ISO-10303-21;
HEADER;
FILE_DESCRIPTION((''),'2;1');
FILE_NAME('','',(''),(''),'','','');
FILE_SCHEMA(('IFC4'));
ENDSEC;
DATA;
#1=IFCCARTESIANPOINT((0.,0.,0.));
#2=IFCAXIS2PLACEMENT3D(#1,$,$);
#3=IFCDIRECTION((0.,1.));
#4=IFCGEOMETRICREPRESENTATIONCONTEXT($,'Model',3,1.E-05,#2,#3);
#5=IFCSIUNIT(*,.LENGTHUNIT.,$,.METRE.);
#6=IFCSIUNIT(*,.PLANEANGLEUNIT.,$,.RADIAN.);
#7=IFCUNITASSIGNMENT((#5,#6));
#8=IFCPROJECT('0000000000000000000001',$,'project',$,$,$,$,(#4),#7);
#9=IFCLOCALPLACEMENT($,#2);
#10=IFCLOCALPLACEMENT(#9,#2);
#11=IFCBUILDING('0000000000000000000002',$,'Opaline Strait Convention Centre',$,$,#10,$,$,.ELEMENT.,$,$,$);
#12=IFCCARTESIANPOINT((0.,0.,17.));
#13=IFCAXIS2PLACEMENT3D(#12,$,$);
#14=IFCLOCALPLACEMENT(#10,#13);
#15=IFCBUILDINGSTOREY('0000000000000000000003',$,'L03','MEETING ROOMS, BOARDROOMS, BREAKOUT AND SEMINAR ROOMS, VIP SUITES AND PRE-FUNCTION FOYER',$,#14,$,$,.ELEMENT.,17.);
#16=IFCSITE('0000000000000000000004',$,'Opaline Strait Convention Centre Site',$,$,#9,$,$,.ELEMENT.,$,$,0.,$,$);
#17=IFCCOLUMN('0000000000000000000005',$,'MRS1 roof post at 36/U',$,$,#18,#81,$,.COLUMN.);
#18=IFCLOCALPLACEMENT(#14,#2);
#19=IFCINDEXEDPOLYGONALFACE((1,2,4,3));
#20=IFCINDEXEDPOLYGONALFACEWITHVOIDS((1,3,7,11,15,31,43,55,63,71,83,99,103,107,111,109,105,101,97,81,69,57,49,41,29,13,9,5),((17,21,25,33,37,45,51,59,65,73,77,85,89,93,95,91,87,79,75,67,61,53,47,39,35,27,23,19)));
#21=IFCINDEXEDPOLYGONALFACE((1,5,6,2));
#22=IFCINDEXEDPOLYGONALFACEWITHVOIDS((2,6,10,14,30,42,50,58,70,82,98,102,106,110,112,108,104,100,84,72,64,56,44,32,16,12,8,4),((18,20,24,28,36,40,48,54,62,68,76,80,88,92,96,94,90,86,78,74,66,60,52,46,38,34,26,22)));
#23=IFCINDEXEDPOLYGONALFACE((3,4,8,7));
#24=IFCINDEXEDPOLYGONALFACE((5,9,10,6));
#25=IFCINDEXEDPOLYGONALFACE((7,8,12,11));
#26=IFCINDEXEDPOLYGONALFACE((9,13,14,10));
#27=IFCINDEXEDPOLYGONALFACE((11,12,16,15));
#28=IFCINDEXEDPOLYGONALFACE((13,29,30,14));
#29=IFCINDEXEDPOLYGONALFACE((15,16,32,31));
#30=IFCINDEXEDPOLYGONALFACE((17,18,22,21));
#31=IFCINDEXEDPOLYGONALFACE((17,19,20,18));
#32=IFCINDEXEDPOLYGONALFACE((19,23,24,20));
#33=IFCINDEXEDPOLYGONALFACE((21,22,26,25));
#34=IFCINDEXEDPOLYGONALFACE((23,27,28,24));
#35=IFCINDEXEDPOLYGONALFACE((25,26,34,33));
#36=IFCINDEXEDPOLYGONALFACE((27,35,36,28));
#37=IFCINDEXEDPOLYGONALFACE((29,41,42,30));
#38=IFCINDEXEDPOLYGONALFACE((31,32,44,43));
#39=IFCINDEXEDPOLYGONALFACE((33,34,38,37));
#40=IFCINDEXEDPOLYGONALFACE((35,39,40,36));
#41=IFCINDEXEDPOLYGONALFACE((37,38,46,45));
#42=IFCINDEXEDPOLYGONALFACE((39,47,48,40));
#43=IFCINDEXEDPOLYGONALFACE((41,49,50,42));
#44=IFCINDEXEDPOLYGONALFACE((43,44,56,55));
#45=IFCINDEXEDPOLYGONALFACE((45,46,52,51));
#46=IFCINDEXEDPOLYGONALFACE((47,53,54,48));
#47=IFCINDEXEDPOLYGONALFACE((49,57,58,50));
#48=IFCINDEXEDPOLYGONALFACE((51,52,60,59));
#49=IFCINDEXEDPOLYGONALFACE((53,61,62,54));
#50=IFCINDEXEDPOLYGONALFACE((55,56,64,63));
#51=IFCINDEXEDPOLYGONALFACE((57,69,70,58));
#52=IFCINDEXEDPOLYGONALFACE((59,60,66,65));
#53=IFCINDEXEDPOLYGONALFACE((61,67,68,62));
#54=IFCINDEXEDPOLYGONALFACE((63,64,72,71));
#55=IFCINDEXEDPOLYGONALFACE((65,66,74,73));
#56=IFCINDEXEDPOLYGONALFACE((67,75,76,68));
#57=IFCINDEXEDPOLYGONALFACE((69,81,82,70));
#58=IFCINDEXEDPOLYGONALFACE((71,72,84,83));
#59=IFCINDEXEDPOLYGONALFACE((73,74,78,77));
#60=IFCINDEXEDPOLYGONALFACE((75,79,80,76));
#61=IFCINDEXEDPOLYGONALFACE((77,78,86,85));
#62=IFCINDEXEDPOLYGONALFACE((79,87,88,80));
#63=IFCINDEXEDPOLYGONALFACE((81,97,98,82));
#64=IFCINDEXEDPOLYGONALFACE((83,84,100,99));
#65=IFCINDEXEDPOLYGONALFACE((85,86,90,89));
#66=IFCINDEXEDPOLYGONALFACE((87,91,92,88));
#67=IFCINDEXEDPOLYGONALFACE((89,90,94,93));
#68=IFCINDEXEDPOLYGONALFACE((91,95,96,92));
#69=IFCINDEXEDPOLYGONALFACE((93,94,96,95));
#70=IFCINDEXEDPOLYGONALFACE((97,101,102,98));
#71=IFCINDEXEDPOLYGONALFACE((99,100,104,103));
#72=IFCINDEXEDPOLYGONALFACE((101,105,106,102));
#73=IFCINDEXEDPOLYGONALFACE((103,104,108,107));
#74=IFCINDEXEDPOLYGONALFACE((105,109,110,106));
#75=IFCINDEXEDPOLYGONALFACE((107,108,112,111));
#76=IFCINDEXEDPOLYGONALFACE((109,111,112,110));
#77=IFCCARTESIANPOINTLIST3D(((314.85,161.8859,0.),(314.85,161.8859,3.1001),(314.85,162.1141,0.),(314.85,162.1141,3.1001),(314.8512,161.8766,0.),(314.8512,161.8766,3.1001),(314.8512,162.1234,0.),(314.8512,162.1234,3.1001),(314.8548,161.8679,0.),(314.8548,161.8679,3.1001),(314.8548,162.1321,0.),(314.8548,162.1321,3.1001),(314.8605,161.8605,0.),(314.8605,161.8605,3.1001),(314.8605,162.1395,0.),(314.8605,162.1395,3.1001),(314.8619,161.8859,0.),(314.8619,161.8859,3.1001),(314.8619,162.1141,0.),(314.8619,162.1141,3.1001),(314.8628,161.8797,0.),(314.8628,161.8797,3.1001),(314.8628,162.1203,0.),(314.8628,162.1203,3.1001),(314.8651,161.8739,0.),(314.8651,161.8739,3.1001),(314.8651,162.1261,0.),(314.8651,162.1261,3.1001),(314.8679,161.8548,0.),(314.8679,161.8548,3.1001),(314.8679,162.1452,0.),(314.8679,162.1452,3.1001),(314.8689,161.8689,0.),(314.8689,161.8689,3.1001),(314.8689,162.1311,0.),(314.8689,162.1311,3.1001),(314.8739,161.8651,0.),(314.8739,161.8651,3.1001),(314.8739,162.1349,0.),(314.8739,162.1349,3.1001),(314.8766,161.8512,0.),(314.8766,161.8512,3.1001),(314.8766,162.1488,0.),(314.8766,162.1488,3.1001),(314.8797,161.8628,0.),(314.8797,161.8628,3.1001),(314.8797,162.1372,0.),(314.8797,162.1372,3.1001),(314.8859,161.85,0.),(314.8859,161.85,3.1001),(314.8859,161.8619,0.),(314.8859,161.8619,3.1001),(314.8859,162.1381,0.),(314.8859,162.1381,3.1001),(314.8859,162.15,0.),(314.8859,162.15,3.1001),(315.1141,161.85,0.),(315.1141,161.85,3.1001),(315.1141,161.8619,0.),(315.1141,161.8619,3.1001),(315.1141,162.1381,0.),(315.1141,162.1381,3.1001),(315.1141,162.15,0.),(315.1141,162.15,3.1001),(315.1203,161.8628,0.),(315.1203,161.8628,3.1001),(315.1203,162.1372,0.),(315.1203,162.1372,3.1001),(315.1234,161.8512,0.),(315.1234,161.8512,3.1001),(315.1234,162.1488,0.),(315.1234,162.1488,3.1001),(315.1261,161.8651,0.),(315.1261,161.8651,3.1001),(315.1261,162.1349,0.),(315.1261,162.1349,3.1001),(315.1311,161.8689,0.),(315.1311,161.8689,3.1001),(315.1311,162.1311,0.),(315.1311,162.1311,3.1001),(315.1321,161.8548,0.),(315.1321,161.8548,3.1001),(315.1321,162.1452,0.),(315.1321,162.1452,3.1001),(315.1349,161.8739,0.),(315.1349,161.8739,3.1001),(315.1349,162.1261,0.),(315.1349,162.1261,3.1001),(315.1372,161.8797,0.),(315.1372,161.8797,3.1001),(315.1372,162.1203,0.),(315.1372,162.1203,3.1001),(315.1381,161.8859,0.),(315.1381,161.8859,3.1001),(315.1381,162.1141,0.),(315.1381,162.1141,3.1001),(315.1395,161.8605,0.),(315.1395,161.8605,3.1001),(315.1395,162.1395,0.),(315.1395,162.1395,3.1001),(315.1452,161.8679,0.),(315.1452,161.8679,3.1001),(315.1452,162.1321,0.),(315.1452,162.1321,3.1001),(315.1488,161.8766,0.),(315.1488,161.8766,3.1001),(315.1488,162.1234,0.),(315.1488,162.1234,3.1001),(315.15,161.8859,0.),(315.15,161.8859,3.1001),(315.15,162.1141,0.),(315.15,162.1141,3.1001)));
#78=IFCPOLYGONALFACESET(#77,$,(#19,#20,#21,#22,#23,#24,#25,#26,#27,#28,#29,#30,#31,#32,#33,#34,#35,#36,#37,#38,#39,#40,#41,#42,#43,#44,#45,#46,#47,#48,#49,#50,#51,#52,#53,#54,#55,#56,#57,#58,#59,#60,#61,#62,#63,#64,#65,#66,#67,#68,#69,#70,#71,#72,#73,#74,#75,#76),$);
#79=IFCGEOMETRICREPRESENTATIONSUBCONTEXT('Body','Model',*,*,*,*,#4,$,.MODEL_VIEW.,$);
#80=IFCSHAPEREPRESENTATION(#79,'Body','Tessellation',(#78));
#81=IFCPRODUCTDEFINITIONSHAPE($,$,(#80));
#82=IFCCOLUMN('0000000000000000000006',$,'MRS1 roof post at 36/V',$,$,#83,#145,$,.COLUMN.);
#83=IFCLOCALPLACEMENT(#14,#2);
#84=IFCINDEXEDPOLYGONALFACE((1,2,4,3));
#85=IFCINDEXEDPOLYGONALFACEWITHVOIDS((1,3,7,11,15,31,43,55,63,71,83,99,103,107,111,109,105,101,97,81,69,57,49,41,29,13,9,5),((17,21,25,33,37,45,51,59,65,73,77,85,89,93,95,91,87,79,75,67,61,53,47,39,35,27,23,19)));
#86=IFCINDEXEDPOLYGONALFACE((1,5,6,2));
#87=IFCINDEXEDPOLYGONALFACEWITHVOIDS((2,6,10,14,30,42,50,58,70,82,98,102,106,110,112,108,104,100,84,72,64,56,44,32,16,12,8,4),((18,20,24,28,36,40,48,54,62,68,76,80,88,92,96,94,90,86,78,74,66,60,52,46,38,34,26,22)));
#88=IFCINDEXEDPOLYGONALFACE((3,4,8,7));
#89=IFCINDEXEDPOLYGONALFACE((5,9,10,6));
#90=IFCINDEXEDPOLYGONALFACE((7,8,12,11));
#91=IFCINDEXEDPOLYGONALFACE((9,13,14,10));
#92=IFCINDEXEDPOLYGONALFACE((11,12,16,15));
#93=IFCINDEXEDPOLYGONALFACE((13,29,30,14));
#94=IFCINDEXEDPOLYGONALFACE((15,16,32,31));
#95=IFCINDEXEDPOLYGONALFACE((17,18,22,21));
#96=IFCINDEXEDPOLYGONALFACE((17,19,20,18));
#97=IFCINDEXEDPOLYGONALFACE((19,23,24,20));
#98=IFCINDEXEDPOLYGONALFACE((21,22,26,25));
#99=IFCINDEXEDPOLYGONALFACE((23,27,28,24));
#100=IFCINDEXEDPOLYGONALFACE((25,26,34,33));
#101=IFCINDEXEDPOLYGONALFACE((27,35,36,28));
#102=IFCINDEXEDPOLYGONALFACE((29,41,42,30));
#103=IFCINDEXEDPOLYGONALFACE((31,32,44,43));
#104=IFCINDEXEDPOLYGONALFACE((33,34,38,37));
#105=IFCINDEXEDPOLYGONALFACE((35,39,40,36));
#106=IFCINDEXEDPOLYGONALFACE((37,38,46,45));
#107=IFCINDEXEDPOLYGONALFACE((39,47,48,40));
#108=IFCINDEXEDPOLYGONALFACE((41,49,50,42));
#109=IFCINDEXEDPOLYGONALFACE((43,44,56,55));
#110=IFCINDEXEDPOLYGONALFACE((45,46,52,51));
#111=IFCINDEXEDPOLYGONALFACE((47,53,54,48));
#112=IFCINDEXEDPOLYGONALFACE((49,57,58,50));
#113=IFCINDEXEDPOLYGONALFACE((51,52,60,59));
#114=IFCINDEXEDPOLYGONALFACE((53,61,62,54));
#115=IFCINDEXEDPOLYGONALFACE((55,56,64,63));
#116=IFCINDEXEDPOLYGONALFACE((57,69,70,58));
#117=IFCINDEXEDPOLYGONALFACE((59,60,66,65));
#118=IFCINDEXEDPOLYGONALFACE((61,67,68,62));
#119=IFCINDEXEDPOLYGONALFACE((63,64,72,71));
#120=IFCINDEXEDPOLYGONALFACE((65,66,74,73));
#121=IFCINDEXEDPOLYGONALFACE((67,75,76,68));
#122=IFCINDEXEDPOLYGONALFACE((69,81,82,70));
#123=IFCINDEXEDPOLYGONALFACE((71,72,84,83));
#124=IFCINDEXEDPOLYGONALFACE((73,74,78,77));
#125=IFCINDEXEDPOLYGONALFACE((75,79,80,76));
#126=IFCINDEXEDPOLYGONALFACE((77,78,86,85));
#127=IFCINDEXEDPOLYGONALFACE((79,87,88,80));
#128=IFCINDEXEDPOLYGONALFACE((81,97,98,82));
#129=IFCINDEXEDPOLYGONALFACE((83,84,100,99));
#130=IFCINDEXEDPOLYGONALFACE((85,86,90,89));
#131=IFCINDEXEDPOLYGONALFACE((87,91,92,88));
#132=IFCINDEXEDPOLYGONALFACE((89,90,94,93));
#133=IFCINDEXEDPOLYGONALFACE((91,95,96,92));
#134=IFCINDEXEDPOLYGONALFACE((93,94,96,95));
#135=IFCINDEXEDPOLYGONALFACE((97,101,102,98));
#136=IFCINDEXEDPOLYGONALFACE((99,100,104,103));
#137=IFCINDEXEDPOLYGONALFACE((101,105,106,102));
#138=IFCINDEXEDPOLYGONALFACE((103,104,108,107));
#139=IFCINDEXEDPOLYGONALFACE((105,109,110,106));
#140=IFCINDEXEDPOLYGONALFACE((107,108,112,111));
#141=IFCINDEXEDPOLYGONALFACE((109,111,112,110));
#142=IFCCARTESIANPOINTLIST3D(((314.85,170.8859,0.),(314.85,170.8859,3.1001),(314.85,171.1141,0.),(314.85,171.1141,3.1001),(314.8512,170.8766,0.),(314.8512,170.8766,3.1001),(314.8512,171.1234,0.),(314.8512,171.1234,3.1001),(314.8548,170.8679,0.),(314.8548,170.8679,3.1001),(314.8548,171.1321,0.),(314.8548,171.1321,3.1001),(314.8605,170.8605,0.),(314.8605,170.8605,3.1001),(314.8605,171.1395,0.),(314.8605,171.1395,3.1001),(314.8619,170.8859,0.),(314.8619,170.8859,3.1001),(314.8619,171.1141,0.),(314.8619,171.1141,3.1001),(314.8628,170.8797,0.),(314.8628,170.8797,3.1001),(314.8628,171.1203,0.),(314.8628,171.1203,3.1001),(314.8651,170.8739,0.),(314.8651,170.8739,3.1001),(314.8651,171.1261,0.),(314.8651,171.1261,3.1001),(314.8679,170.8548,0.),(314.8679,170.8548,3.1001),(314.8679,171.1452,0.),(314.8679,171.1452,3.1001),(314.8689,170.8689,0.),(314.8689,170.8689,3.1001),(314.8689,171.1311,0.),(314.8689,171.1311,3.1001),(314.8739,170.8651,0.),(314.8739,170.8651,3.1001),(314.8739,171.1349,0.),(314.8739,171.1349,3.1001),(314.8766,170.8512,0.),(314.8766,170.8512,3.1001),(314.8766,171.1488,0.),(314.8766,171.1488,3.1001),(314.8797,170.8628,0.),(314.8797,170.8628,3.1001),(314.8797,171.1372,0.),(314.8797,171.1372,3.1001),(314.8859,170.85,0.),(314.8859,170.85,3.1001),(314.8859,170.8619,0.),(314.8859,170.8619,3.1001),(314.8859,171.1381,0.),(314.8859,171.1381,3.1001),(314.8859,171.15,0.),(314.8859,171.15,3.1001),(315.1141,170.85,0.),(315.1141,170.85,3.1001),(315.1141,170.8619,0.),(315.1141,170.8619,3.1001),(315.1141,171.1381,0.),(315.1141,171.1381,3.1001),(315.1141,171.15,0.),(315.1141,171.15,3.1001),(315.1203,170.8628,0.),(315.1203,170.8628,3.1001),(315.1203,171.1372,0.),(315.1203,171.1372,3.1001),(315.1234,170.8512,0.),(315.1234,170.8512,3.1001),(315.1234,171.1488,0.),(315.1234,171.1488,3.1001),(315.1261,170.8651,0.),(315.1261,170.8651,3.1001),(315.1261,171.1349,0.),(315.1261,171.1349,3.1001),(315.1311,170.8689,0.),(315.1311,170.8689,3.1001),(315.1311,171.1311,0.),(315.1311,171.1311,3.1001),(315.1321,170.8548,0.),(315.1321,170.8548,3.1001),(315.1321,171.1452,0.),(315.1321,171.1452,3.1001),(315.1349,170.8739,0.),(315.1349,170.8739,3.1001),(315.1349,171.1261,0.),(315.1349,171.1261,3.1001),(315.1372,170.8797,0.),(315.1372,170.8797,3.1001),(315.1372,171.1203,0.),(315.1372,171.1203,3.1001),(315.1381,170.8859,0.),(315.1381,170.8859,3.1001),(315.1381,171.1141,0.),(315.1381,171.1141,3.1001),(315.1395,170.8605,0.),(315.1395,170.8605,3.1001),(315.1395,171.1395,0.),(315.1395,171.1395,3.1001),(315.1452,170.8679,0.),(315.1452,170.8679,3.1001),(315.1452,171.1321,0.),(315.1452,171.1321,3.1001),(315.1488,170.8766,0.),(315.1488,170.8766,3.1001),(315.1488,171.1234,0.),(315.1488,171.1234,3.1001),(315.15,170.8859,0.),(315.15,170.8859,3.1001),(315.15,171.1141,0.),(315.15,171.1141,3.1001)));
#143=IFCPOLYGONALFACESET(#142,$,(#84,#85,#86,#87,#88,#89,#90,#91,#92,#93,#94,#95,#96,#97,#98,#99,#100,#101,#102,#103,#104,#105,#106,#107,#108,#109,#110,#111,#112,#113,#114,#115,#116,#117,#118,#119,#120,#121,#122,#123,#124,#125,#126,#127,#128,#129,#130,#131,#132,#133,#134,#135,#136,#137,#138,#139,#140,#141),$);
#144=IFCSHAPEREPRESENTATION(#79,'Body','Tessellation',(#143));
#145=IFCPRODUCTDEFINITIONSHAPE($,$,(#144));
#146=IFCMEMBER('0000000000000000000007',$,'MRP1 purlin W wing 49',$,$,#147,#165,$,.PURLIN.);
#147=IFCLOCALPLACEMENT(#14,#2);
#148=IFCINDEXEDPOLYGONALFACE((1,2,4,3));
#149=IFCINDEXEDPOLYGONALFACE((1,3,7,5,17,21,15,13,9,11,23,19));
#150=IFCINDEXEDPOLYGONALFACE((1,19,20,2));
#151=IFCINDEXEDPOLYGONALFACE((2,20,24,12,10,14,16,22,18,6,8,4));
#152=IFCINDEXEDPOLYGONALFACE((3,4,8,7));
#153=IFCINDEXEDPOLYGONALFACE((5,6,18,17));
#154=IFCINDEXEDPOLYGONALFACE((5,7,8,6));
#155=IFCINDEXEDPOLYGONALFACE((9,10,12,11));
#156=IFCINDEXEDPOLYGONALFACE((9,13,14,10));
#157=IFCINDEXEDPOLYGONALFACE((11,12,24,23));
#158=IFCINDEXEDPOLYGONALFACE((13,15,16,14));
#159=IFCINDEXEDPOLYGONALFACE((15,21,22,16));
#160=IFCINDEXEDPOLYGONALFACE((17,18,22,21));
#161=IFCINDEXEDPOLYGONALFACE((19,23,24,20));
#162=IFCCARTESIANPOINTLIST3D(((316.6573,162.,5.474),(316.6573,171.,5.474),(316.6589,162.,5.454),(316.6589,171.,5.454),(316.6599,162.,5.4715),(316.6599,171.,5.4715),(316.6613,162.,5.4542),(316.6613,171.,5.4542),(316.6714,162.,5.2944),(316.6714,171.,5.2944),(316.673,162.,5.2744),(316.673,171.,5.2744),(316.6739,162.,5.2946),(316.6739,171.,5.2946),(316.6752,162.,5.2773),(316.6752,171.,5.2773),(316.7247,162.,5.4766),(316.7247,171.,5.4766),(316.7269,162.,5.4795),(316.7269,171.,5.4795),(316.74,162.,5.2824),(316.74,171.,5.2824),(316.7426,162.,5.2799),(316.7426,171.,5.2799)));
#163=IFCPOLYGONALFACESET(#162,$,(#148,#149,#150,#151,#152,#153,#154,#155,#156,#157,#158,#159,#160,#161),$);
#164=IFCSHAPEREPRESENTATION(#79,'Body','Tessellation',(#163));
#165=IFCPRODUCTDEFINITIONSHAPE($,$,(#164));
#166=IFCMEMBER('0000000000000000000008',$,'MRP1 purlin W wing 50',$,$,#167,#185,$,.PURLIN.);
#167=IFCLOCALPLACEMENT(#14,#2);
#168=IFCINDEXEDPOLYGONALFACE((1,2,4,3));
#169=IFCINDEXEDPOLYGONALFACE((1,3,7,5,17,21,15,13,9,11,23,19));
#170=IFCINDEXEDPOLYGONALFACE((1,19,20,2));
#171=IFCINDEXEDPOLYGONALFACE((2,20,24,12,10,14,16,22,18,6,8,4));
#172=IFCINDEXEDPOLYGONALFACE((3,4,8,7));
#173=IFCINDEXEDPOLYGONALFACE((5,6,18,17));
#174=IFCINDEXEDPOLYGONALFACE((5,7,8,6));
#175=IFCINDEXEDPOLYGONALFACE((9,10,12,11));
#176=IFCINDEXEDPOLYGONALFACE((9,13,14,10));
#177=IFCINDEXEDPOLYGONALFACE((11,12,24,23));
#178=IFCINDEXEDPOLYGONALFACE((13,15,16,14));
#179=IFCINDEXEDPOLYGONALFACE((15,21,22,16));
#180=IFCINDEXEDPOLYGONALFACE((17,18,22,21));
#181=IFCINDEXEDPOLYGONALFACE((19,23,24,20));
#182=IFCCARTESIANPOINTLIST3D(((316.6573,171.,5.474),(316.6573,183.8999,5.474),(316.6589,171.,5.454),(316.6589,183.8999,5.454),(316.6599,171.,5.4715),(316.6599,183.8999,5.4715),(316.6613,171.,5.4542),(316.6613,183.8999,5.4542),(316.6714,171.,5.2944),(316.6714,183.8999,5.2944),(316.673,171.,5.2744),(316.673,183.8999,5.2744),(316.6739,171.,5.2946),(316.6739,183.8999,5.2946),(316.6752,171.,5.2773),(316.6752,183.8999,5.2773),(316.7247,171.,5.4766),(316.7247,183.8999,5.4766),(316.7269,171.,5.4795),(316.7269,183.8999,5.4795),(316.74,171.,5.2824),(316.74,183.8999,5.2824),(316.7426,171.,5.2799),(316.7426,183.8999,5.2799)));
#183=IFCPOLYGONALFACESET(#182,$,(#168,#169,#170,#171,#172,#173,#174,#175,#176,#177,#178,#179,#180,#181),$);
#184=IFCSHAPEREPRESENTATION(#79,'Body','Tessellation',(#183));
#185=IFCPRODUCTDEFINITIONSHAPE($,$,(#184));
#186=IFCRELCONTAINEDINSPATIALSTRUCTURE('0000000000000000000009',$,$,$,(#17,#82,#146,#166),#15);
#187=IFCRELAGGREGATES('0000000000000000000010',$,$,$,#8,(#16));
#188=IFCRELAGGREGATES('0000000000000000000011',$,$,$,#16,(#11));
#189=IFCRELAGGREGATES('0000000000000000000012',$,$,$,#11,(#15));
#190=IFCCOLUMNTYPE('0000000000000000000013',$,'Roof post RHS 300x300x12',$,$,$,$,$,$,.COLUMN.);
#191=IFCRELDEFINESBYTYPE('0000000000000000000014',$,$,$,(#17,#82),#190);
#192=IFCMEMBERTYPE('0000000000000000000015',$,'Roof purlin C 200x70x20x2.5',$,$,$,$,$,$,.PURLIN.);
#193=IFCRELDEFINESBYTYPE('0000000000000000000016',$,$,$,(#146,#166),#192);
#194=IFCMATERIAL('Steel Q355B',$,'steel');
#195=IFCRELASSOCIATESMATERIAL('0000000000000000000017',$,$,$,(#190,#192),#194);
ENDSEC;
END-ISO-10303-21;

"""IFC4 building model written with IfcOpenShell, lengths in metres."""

from ifc_helpers import new_model, si_unit, direction, frame, origin, origin_2d, place, context, subcontext, project, spatial, polyline, hollow_rectangle, outline, extrude, material, material_profile, profile_set, type_object, element, save


model = new_model("IFC4")

# Units and contexts
model_context = context("Model", 3, precision=1e-05, world=origin(), true_north=direction((0.0, 1.0)))
body_context = subcontext(model_context, "Body", "Model", "MODEL_VIEW")
ifc_project = project(units=[si_unit("LENGTHUNIT", "METRE"), si_unit("PLANEANGLEUNIT", "RADIAN")], contexts=[model_context])

# Site, building, storey
site_placement = place(None, origin())
site = spatial("IfcSite", under=ifc_project, at=site_placement, Name="Opaline Strait Convention Centre Site", CompositionType="ELEMENT", RefElevation=0.0)
building_placement = place(site_placement, origin())
building = spatial("IfcBuilding", under=site, at=building_placement, Name="Opaline Strait Convention Centre", CompositionType="ELEMENT")
storey_placement = place(building_placement, frame((0.0, 0.0, 17.0)))
storey = spatial("IfcBuildingStorey", under=building, at=storey_placement, Name="L03", Description="MEETING ROOMS, BOARDROOMS, BREAKOUT AND SEMINAR ROOMS, VIP SUITES AND PRE-FUNCTION FOYER", CompositionType="ELEMENT", Elevation=17.0)

# Columns
ifc_material_1 = material(Name="Steel Q355B", Category="steel")
ifc_material_profile_1 = material_profile(ifc_material_1, hollow_rectangle(XDim=0.3, YDim=0.3, WallThickness=0.012, InnerFilletRadius=0.0239, OuterFilletRadius=0.0359, at=origin_2d()), Name="RHS 300x300x12")
ifc_profile_set_1 = profile_set([ifc_material_profile_1], Name="Steel Q355B")
column_type = type_object("IfcColumnType", Name="Roof post RHS 300x300x12", PredefinedType="COLUMN", material=ifc_profile_set_1)
for number, where, z_axis, x_axis, name in (
    (1, (315.0, 162.0, 0.0), (0.0, 0.0, 1.0), (1.0, 0.0, 0.0), "MRS1 roof post at 36/U"),
    (2, (315.0, 171.0, 0.0), (0.0, 0.0, 1.0), (1.0, 0.0, 0.0), "MRS1 roof post at 36/V"),
):
    element("IfcColumn", number, at=place(storey_placement, frame(where, z_axis=z_axis, x_axis=x_axis)), inside=storey, type_object=column_type, Name=name, PredefinedType="COLUMN", context=body_context, shape_type="SweptSolid", body=[
        extrude(hollow_rectangle(XDim=0.3, YDim=0.3, WallThickness=0.012, InnerFilletRadius=0.0239, OuterFilletRadius=0.0359, at=origin_2d()), origin(), (0.0, 0.0, 1.0), 3.1001),
    ])

# Members
ifc_material_profile_2 = material_profile(ifc_material_1, outline(polyline([(-0.0349, -0.1001), (0.0349, -0.1001), (0.0349, -0.0801), (0.0325, -0.0801), (0.0325, -0.0974), (-0.0325, -0.0974), (-0.0325, 0.0974), (0.0325, 0.0974), (0.0325, 0.0801), (0.0349, 0.0801), (0.0349, 0.1001), (-0.0349, 0.1001), (-0.0349, -0.1001)])), Name="C 200x70x20x2.5")
ifc_profile_set_2 = profile_set([ifc_material_profile_2], Name="Steel Q355B")
member_type_1 = type_object("IfcMemberType", Name="Roof purlin C 200x70x20x2.5", PredefinedType="PURLIN", material=ifc_profile_set_2)
member_1_placement = place(storey_placement, frame((316.7, 162.0, 5.377), z_axis=(0.0, 1.0, 0.0), x_axis=(-0.996917, 0.0, -0.078459)))
element("IfcMember", 3, at=member_1_placement, inside=storey, type_object=member_type_1, Name="MRP1 purlin W wing 49", PredefinedType="PURLIN", context=body_context, shape_type="SweptSolid", body=[
    extrude(outline(polyline([(-0.0349, -0.1001), (0.0349, -0.1001), (0.0349, -0.0801), (0.0325, -0.0801), (0.0325, -0.0974), (-0.0325, -0.0974), (-0.0325, 0.0974), (0.0325, 0.0974), (0.0325, 0.0801), (0.0349, 0.0801), (0.0349, 0.1001), (-0.0349, 0.1001), (-0.0349, -0.1001)])), origin(), (0.0, 0.0, 1.0), 9.0),
])
member_2_placement = place(storey_placement, frame((316.7, 171.0, 5.377), z_axis=(0.0, 1.0, 0.0), x_axis=(-0.996917, 0.0, -0.078459)))
element("IfcMember", 4, at=member_2_placement, inside=storey, type_object=member_type_1, Name="MRP1 purlin W wing 50", PredefinedType="PURLIN", context=body_context, shape_type="SweptSolid", body=[
    extrude(outline(polyline([(-0.0349, -0.1001), (0.0349, -0.1001), (0.0349, -0.0801), (0.0325, -0.0801), (0.0325, -0.0974), (-0.0325, -0.0974), (-0.0325, 0.0974), (0.0325, 0.0974), (0.0325, 0.0801), (0.0349, 0.0801), (0.0349, 0.1001), (-0.0349, 0.1001), (-0.0349, -0.1001)])), origin(), (0.0, 0.0, 1.0), 12.8999),
])

save(model, "model.ifc")
